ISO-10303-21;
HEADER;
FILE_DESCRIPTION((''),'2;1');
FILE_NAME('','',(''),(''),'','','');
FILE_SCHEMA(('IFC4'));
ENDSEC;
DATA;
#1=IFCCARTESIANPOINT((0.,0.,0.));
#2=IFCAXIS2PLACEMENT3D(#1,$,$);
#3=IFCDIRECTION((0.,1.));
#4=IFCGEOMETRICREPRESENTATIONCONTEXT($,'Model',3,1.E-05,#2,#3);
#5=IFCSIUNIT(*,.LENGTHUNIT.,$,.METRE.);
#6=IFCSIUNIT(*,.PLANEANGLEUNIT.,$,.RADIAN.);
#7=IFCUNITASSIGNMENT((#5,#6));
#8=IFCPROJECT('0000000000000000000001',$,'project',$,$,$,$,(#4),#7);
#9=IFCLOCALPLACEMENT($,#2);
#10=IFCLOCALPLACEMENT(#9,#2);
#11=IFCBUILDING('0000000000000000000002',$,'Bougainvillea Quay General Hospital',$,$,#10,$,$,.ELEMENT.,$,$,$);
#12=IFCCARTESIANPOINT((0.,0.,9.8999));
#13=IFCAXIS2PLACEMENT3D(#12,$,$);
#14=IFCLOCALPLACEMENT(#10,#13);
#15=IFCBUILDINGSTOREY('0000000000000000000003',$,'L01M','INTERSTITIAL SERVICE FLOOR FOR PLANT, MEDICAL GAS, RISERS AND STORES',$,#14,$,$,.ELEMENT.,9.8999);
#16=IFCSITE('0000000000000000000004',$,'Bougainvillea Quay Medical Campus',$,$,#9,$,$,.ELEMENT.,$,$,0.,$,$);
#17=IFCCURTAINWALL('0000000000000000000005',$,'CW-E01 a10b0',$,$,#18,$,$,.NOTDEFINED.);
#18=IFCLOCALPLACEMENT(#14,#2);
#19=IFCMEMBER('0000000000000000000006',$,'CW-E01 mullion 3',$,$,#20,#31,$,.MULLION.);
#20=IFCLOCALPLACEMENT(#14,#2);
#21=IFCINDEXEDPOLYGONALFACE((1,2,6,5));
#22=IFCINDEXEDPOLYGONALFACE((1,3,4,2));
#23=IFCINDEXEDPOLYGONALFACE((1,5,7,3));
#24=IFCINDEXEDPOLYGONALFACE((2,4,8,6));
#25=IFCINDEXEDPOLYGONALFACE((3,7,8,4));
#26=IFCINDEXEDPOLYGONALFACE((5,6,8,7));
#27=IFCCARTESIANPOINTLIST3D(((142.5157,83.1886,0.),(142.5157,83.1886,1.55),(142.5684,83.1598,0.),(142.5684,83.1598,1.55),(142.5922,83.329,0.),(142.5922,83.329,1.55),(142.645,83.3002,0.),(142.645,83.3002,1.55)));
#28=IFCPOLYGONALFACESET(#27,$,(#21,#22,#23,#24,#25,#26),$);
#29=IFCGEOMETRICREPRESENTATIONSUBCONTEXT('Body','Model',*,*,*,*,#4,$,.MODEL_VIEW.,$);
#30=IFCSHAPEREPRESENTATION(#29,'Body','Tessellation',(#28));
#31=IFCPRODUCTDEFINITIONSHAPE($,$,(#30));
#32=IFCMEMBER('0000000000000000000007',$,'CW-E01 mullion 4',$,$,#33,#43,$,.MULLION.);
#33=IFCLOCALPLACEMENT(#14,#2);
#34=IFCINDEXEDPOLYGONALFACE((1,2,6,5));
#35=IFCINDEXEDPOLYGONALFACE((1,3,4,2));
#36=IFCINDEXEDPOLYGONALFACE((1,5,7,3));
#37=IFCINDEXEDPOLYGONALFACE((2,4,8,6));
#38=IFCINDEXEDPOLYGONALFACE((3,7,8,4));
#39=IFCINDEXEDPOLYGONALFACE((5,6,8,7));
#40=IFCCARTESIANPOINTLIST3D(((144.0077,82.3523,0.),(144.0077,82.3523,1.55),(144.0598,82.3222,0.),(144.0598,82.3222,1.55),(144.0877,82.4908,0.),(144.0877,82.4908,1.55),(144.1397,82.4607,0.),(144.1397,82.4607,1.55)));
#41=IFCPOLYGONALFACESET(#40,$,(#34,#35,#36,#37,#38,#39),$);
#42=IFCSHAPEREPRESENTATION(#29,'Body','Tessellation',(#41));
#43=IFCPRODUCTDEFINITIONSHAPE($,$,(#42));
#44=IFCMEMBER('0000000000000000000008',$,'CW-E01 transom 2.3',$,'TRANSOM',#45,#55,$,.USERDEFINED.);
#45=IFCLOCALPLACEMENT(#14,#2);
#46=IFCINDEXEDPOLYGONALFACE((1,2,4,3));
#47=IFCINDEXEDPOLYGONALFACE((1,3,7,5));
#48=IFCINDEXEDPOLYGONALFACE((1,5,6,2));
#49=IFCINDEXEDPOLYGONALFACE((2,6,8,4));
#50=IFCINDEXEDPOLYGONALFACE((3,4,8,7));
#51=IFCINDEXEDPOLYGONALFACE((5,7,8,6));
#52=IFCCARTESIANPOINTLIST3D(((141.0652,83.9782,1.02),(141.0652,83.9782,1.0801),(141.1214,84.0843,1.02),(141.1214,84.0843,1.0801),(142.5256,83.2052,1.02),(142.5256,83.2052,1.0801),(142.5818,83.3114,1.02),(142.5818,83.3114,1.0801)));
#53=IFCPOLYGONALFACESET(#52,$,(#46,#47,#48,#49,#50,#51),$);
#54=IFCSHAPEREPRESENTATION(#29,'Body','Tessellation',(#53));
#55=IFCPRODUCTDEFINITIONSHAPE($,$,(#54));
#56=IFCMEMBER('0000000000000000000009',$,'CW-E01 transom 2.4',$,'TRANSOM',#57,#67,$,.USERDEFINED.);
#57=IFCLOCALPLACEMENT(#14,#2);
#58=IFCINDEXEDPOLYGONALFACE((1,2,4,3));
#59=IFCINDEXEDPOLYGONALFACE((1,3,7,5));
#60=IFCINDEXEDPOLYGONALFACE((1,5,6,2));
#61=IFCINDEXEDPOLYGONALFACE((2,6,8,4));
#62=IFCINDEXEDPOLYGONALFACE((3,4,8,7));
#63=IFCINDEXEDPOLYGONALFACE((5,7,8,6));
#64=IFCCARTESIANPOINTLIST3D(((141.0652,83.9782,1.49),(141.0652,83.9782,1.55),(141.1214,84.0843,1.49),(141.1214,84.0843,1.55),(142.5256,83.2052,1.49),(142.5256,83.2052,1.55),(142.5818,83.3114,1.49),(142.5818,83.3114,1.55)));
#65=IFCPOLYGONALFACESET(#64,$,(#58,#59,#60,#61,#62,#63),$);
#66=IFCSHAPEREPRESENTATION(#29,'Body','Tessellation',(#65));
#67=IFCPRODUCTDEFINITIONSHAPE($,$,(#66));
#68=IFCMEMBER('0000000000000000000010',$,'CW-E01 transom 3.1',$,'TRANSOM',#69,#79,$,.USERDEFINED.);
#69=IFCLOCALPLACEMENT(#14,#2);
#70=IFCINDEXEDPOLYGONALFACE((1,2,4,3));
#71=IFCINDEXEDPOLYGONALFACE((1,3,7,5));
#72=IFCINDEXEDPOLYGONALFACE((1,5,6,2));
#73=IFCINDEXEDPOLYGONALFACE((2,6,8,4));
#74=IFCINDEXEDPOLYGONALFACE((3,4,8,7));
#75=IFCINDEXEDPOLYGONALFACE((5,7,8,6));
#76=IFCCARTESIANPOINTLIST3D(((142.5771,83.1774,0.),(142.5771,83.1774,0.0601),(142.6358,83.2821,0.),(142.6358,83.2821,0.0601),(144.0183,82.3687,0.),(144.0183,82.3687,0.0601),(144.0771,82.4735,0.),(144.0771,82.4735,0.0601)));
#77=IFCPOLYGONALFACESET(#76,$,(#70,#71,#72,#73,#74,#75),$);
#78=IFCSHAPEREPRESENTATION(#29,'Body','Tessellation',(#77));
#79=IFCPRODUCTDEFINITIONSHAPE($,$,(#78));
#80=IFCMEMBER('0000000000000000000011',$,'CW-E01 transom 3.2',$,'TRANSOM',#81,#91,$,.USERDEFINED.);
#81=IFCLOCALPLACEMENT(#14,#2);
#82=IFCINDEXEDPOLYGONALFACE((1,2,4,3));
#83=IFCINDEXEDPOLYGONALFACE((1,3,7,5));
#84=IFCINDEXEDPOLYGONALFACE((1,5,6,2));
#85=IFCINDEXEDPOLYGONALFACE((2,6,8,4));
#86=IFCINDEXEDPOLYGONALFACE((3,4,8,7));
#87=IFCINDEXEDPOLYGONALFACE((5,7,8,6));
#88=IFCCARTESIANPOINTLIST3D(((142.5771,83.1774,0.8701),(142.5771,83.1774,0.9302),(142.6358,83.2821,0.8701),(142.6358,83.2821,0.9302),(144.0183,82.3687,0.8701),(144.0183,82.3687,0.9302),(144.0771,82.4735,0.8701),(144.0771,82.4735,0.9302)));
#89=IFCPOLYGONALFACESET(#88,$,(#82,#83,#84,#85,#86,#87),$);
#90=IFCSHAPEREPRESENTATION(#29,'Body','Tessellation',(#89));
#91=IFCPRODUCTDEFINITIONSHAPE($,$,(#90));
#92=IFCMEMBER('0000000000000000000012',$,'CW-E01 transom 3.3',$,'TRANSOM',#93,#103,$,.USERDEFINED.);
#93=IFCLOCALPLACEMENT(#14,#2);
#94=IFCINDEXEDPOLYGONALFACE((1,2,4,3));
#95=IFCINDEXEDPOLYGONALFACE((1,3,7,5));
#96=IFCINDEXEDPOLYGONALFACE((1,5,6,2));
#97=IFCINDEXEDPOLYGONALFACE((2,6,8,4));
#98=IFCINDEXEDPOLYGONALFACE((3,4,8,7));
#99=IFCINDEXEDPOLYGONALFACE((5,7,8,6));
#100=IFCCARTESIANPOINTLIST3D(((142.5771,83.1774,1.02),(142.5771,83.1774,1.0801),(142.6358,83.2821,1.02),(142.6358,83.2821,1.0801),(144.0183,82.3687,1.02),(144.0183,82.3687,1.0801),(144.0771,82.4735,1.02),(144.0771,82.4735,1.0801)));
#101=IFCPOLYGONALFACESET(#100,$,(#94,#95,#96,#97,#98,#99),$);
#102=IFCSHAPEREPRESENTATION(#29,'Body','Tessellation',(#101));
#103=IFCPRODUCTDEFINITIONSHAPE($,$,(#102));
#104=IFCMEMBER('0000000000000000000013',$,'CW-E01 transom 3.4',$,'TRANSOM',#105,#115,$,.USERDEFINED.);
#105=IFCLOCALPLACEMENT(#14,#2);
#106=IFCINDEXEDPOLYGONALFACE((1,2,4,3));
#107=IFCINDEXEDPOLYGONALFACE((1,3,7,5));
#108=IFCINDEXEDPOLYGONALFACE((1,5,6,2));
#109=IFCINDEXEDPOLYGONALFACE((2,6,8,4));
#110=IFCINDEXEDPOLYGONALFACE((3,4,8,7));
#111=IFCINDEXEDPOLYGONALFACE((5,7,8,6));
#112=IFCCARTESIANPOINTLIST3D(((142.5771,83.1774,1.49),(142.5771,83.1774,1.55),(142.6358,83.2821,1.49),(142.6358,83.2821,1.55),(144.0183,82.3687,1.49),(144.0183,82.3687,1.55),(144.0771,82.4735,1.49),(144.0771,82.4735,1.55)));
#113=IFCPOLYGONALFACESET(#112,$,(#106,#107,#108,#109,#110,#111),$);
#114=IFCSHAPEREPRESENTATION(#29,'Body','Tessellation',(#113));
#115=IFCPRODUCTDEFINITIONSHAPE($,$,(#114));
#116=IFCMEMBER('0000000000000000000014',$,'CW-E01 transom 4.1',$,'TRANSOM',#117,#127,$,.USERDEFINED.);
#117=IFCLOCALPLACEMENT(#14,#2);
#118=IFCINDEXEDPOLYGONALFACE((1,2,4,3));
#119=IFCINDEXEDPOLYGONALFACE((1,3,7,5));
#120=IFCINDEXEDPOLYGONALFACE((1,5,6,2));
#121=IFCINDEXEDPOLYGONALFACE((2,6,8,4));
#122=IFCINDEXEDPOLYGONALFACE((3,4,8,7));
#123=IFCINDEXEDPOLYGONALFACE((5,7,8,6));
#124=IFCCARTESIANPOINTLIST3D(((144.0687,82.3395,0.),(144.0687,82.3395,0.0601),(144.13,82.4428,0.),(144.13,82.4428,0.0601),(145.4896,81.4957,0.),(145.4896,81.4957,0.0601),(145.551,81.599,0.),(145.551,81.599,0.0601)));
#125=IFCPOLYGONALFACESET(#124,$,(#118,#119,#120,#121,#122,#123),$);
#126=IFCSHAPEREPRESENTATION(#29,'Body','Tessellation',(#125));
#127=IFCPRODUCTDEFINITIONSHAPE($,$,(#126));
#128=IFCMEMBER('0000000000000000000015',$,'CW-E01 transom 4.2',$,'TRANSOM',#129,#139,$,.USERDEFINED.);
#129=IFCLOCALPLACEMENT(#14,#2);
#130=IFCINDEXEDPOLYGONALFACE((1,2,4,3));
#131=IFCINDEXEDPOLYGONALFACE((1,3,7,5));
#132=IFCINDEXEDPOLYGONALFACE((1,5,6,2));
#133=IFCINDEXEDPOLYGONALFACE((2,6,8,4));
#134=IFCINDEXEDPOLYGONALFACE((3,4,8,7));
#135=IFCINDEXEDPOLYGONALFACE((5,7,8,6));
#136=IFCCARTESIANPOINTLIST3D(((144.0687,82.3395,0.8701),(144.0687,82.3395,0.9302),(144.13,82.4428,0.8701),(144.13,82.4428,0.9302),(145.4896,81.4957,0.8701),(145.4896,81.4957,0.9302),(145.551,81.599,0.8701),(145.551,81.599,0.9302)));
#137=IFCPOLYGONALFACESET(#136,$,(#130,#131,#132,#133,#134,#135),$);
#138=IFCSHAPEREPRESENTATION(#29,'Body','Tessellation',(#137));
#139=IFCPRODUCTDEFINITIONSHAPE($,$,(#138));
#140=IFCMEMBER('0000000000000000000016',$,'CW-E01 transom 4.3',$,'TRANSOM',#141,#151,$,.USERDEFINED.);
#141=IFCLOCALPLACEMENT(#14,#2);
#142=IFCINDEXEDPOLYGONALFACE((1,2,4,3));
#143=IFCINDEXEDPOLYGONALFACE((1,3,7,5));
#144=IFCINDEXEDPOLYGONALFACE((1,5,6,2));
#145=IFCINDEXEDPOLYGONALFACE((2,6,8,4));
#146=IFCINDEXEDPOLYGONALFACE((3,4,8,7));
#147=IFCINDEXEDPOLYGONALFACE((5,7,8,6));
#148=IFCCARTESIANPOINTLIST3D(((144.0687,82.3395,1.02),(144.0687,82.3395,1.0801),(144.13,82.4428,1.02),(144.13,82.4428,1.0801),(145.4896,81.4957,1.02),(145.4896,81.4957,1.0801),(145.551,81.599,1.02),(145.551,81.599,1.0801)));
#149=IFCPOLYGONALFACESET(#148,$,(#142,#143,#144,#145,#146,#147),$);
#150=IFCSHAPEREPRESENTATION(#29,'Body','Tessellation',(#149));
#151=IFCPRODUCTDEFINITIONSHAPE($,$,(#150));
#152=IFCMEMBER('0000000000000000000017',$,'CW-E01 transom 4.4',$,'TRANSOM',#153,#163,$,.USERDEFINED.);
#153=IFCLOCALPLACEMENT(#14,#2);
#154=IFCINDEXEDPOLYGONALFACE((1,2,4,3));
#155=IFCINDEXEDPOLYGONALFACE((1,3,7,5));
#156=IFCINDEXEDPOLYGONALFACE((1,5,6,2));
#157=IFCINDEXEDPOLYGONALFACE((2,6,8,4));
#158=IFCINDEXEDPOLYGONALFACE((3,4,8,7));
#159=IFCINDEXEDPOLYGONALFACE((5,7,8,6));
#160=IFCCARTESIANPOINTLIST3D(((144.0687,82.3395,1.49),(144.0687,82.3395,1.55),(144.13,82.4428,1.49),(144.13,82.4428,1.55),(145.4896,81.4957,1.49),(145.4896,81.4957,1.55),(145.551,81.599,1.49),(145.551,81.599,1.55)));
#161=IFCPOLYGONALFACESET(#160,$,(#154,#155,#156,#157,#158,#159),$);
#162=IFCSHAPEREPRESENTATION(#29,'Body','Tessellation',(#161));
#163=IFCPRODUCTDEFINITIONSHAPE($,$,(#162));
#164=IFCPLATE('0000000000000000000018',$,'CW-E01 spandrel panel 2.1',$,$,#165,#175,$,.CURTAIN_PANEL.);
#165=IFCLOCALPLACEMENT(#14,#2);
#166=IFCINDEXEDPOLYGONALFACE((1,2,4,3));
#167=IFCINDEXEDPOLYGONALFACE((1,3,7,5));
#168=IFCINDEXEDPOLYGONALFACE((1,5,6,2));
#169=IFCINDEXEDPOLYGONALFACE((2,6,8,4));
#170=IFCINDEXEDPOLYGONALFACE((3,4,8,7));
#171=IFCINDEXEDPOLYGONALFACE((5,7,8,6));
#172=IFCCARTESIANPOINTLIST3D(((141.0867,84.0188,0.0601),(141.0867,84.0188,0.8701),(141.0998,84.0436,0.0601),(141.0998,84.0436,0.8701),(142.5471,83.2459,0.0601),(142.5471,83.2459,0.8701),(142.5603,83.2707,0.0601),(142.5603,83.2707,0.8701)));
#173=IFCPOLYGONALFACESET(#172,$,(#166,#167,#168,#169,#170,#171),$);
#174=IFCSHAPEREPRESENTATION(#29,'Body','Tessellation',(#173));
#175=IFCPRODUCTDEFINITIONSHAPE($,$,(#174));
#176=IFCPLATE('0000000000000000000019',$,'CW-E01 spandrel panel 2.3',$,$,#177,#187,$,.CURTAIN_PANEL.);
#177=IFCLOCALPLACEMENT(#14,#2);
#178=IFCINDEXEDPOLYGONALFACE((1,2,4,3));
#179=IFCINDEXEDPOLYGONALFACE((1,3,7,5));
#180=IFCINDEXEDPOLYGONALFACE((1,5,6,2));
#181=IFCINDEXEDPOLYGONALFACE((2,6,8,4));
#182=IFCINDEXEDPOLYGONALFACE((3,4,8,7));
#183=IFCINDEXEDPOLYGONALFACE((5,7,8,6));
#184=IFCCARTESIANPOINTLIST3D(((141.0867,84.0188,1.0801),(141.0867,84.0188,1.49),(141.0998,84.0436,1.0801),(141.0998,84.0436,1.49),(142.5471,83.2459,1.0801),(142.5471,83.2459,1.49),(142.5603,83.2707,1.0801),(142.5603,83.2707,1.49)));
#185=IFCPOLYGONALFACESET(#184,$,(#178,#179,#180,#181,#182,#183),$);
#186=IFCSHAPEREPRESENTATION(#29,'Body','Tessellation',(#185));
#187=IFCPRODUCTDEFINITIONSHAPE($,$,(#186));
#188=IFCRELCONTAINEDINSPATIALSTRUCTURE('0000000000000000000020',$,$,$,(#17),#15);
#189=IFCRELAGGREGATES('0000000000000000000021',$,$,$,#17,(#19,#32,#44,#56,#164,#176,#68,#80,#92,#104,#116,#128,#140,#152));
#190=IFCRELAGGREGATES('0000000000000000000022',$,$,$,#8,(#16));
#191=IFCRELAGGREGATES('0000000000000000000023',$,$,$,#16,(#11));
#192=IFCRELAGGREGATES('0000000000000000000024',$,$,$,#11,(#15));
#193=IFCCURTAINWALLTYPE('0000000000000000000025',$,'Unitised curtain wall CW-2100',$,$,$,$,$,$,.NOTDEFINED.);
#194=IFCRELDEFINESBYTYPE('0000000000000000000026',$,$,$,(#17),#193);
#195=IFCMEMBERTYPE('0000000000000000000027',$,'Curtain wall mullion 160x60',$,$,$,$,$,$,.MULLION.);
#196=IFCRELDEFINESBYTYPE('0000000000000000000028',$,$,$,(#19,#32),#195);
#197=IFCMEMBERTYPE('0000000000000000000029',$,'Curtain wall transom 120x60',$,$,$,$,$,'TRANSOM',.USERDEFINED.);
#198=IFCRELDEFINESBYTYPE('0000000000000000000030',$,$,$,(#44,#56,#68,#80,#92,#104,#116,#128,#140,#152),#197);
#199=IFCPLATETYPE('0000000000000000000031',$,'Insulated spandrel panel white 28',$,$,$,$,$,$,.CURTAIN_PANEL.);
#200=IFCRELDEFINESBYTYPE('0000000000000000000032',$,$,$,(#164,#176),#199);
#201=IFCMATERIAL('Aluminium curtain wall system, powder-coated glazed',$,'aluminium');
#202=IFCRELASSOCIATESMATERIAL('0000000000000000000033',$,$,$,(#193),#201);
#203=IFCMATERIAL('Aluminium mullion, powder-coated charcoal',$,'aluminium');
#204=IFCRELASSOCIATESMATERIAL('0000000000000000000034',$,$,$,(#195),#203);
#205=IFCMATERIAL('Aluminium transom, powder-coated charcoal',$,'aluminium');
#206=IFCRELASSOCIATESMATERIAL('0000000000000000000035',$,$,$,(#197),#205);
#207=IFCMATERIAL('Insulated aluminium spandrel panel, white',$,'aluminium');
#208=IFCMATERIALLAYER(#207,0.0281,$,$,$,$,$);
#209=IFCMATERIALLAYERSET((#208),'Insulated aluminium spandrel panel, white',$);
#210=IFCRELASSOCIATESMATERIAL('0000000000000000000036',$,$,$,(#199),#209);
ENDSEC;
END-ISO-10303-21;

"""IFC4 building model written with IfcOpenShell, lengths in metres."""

from ifc_helpers import new_model, si_unit, direction, frame, origin, origin_2d, place, context, subcontext, project, spatial, rectangle, extrude, material, layer, layer_set, material_profile, profile_set, type_object, element, aggregate, save


model = new_model("IFC4")

# Units and contexts
model_context = context("Model", 3, precision=1e-05, world=origin(), true_north=direction((0.0, 1.0)))
body_context = subcontext(model_context, "Body", "Model", "MODEL_VIEW")
ifc_project = project(units=[si_unit("LENGTHUNIT", "METRE"), si_unit("PLANEANGLEUNIT", "RADIAN")], contexts=[model_context])

# Site, building, storey
site_placement = place(None, origin())
site = spatial("IfcSite", under=ifc_project, at=site_placement, Name="Bougainvillea Quay Medical Campus", CompositionType="ELEMENT", RefElevation=0.0)
building_placement = place(site_placement, origin())
building = spatial("IfcBuilding", under=site, at=building_placement, Name="Bougainvillea Quay General Hospital", CompositionType="ELEMENT")
storey_placement = place(building_placement, frame((0.0, 0.0, 9.8999)))
storey = spatial("IfcBuildingStorey", under=building, at=storey_placement, Name="L01M", Description="INTERSTITIAL SERVICE FLOOR FOR PLANT, MEDICAL GAS, RISERS AND STORES", CompositionType="ELEMENT", Elevation=9.8999)

# Curtain wall, members, plates
ifc_material_1 = material(Name="Aluminium curtain wall system, powder-coated glazed", Category="aluminium")
curtain_wall_type = type_object("IfcCurtainWallType", Name="Unitised curtain wall CW-2100", PredefinedType="NOTDEFINED", material=ifc_material_1)
curtain_wall_placement = place(storey_placement, origin())
curtain_wall = element("IfcCurtainWall", 1, at=curtain_wall_placement, inside=storey, type_object=curtain_wall_type, Name="CW-E01 a10b0", PredefinedType="NOTDEFINED")
ifc_material_2 = material(Name="Aluminium mullion, powder-coated charcoal", Category="aluminium")
ifc_material_profile_1 = material_profile(ifc_material_2, rectangle(XDim=0.1599, YDim=0.0601, at=origin_2d()))
ifc_profile_set_1 = profile_set([ifc_material_profile_1], Name="Aluminium mullion, powder-coated charcoal")
member_type_1 = type_object("IfcMemberType", Name="Curtain wall mullion 160x60", PredefinedType="MULLION", material=ifc_profile_set_1)
member_1_placement = place(storey_placement, frame((142.5803, 83.2444, 0.0), z_axis=(0.0, 0.0, 1.0), x_axis=(0.478567, 0.878051, 0.0)))
member_1 = element("IfcMember", 2, at=member_1_placement, type_object=member_type_1, Name="CW-E01 mullion 3", PredefinedType="MULLION", context=body_context, shape_type="SweptSolid", body=[
    extrude(rectangle(XDim=0.1599, YDim=0.0601, at=origin_2d()), origin(), (0.0, 0.0, 1.0), 1.55),
])
member_2_placement = place(storey_placement, frame((144.0737, 82.4065, 0.0), z_axis=(0.0, 0.0, 1.0), x_axis=(0.499979, 0.866038, 0.0)))
member_2 = element("IfcMember", 3, at=member_2_placement, type_object=member_type_1, Name="CW-E01 mullion 4", PredefinedType="MULLION", context=body_context, shape_type="SweptSolid", body=[
    extrude(rectangle(XDim=0.1599, YDim=0.0601, at=origin_2d()), origin(), (0.0, 0.0, 1.0), 1.55),
])
ifc_material_3 = material(Name="Aluminium transom, powder-coated charcoal", Category="aluminium")
ifc_material_profile_2 = material_profile(ifc_material_3, rectangle(XDim=0.1201, YDim=0.0601, at=origin_2d()))
ifc_profile_set_2 = profile_set([ifc_material_profile_2], Name="Aluminium transom, powder-coated charcoal")
member_type_2 = type_object("IfcMemberType", Name="Curtain wall transom 120x60", ElementType="TRANSOM", PredefinedType="USERDEFINED", material=ifc_profile_set_2)
member_3_placement = place(storey_placement, frame((141.0933, 84.0312, 1.05), z_axis=(0.883845, -0.467779, 0.0), x_axis=(0.467779, 0.883845, 0.0)))
member_3 = element("IfcMember", 4, at=member_3_placement, type_object=member_type_2, Name="CW-E01 transom 2.3", ObjectType="TRANSOM", PredefinedType="USERDEFINED", context=body_context, shape_type="SweptSolid", body=[
    extrude(rectangle(XDim=0.1201, YDim=0.0601, at=origin_2d()), origin(), (0.0, 0.0, 1.0), 1.6523),
])
member_4_placement = place(storey_placement, frame((141.0933, 84.0312, 1.52), z_axis=(0.883845, -0.467779, 0.0), x_axis=(0.467779, 0.883845, 0.0)))
member_4 = element("IfcMember", 5, at=member_4_placement, type_object=member_type_2, Name="CW-E01 transom 2.4", ObjectType="TRANSOM", PredefinedType="USERDEFINED", context=body_context, shape_type="SweptSolid", body=[
    extrude(rectangle(XDim=0.1201, YDim=0.0601, at=origin_2d()), origin(), (0.0, 0.0, 1.0), 1.6523),
])
member_5_placement = place(storey_placement, frame((142.6064, 83.2297, 0.03), z_axis=(0.872108, -0.489314, 0.0), x_axis=(0.489314, 0.872108, 0.0)))
member_5 = element("IfcMember", 6, at=member_5_placement, type_object=member_type_2, Name="CW-E01 transom 3.1", ObjectType="TRANSOM", PredefinedType="USERDEFINED", context=body_context, shape_type="SweptSolid", body=[
    extrude(rectangle(XDim=0.1201, YDim=0.0601, at=origin_2d()), origin(), (0.0, 0.0, 1.0), 1.6526),
])
member_6_placement = place(storey_placement, frame((142.6064, 83.2297, 0.9001), z_axis=(0.872108, -0.489314, 0.0), x_axis=(0.489314, 0.872108, 0.0)))
member_6 = element("IfcMember", 7, at=member_6_placement, type_object=member_type_2, Name="CW-E01 transom 3.2", ObjectType="TRANSOM", PredefinedType="USERDEFINED", context=body_context, shape_type="SweptSolid", body=[
    extrude(rectangle(XDim=0.1201, YDim=0.0601, at=origin_2d()), origin(), (0.0, 0.0, 1.0), 1.6526),
])
member_7_placement = place(storey_placement, frame((142.6064, 83.2297, 1.05), z_axis=(0.872108, -0.489314, 0.0), x_axis=(0.489314, 0.872108, 0.0)))
member_7 = element("IfcMember", 8, at=member_7_placement, type_object=member_type_2, Name="CW-E01 transom 3.3", ObjectType="TRANSOM", PredefinedType="USERDEFINED", context=body_context, shape_type="SweptSolid", body=[
    extrude(rectangle(XDim=0.1201, YDim=0.0601, at=origin_2d()), origin(), (0.0, 0.0, 1.0), 1.6526),
])
member_8_placement = place(storey_placement, frame((142.6064, 83.2297, 1.52), z_axis=(0.872108, -0.489314, 0.0), x_axis=(0.489314, 0.872108, 0.0)))
member_8 = element("IfcMember", 9, at=member_8_placement, type_object=member_type_2, Name="CW-E01 transom 3.4", ObjectType="TRANSOM", PredefinedType="USERDEFINED", context=body_context, shape_type="SweptSolid", body=[
    extrude(rectangle(XDim=0.1201, YDim=0.0601, at=origin_2d()), origin(), (0.0, 0.0, 1.0), 1.6526),
])
member_9_placement = place(storey_placement, frame((144.0994, 82.3911, 0.03), z_axis=(0.85983, -0.51058, 0.0), x_axis=(0.51058, 0.85983, 0.0)))
member_9 = element("IfcMember", 10, at=member_9_placement, type_object=member_type_2, Name="CW-E01 transom 4.1", ObjectType="TRANSOM", PredefinedType="USERDEFINED", context=body_context, shape_type="SweptSolid", body=[
    extrude(rectangle(XDim=0.1201, YDim=0.0601, at=origin_2d()), origin(), (0.0, 0.0, 1.0), 1.6526),
])
member_10_placement = place(storey_placement, frame((144.0994, 82.3911, 0.9001), z_axis=(0.85983, -0.51058, 0.0), x_axis=(0.51058, 0.85983, 0.0)))
member_10 = element("IfcMember", 11, at=member_10_placement, type_object=member_type_2, Name="CW-E01 transom 4.2", ObjectType="TRANSOM", PredefinedType="USERDEFINED", context=body_context, shape_type="SweptSolid", body=[
    extrude(rectangle(XDim=0.1201, YDim=0.0601, at=origin_2d()), origin(), (0.0, 0.0, 1.0), 1.6526),
])
member_11_placement = place(storey_placement, frame((144.0994, 82.3911, 1.05), z_axis=(0.85983, -0.51058, 0.0), x_axis=(0.51058, 0.85983, 0.0)))
member_11 = element("IfcMember", 12, at=member_11_placement, type_object=member_type_2, Name="CW-E01 transom 4.3", ObjectType="TRANSOM", PredefinedType="USERDEFINED", context=body_context, shape_type="SweptSolid", body=[
    extrude(rectangle(XDim=0.1201, YDim=0.0601, at=origin_2d()), origin(), (0.0, 0.0, 1.0), 1.6526),
])
member_12_placement = place(storey_placement, frame((144.0994, 82.3911, 1.52), z_axis=(0.85983, -0.51058, 0.0), x_axis=(0.51058, 0.85983, 0.0)))
member_12 = element("IfcMember", 13, at=member_12_placement, type_object=member_type_2, Name="CW-E01 transom 4.4", ObjectType="TRANSOM", PredefinedType="USERDEFINED", context=body_context, shape_type="SweptSolid", body=[
    extrude(rectangle(XDim=0.1201, YDim=0.0601, at=origin_2d()), origin(), (0.0, 0.0, 1.0), 1.6526),
])
ifc_material_4 = material(Name="Insulated aluminium spandrel panel, white", Category="aluminium")
ifc_layer_1 = layer(ifc_material_4, 0.0281)
ifc_layer_set_1 = layer_set([ifc_layer_1], Name="Insulated aluminium spandrel panel, white")
plate_type_1 = type_object("IfcPlateType", Name="Insulated spandrel panel white 28", PredefinedType="CURTAIN_PANEL", material=ifc_layer_set_1)
plate_1_placement = place(storey_placement, frame((141.8235, 83.6448, 0.0601), z_axis=(0.0, 0.0, 1.0), x_axis=(0.883859, -0.467753, 0.0)))
plate_1 = element("IfcPlate", 14, at=plate_1_placement, type_object=plate_type_1, Name="CW-E01 spandrel panel 2.1", PredefinedType="CURTAIN_PANEL", context=body_context, shape_type="SweptSolid", body=[
    extrude(rectangle(XDim=1.6523, YDim=0.0281, at=origin_2d()), origin(), (0.0, 0.0, 1.0), 0.8101),
])
plate_2_placement = place(storey_placement, frame((141.8235, 83.6448, 1.0801), z_axis=(0.0, 0.0, 1.0), x_axis=(0.883859, -0.467753, 0.0)))
plate_2 = element("IfcPlate", 15, at=plate_2_placement, type_object=plate_type_1, Name="CW-E01 spandrel panel 2.3", PredefinedType="CURTAIN_PANEL", context=body_context, shape_type="SweptSolid", body=[
    extrude(rectangle(XDim=1.6523, YDim=0.0281, at=origin_2d()), origin(), (0.0, 0.0, 1.0), 0.4099),
])
aggregate(curtain_wall, [member_1, member_2, member_3, member_4, plate_1, plate_2, member_5, member_6, member_7, member_8, member_9, member_10, member_11, member_12])

save(model, "model.ifc")
